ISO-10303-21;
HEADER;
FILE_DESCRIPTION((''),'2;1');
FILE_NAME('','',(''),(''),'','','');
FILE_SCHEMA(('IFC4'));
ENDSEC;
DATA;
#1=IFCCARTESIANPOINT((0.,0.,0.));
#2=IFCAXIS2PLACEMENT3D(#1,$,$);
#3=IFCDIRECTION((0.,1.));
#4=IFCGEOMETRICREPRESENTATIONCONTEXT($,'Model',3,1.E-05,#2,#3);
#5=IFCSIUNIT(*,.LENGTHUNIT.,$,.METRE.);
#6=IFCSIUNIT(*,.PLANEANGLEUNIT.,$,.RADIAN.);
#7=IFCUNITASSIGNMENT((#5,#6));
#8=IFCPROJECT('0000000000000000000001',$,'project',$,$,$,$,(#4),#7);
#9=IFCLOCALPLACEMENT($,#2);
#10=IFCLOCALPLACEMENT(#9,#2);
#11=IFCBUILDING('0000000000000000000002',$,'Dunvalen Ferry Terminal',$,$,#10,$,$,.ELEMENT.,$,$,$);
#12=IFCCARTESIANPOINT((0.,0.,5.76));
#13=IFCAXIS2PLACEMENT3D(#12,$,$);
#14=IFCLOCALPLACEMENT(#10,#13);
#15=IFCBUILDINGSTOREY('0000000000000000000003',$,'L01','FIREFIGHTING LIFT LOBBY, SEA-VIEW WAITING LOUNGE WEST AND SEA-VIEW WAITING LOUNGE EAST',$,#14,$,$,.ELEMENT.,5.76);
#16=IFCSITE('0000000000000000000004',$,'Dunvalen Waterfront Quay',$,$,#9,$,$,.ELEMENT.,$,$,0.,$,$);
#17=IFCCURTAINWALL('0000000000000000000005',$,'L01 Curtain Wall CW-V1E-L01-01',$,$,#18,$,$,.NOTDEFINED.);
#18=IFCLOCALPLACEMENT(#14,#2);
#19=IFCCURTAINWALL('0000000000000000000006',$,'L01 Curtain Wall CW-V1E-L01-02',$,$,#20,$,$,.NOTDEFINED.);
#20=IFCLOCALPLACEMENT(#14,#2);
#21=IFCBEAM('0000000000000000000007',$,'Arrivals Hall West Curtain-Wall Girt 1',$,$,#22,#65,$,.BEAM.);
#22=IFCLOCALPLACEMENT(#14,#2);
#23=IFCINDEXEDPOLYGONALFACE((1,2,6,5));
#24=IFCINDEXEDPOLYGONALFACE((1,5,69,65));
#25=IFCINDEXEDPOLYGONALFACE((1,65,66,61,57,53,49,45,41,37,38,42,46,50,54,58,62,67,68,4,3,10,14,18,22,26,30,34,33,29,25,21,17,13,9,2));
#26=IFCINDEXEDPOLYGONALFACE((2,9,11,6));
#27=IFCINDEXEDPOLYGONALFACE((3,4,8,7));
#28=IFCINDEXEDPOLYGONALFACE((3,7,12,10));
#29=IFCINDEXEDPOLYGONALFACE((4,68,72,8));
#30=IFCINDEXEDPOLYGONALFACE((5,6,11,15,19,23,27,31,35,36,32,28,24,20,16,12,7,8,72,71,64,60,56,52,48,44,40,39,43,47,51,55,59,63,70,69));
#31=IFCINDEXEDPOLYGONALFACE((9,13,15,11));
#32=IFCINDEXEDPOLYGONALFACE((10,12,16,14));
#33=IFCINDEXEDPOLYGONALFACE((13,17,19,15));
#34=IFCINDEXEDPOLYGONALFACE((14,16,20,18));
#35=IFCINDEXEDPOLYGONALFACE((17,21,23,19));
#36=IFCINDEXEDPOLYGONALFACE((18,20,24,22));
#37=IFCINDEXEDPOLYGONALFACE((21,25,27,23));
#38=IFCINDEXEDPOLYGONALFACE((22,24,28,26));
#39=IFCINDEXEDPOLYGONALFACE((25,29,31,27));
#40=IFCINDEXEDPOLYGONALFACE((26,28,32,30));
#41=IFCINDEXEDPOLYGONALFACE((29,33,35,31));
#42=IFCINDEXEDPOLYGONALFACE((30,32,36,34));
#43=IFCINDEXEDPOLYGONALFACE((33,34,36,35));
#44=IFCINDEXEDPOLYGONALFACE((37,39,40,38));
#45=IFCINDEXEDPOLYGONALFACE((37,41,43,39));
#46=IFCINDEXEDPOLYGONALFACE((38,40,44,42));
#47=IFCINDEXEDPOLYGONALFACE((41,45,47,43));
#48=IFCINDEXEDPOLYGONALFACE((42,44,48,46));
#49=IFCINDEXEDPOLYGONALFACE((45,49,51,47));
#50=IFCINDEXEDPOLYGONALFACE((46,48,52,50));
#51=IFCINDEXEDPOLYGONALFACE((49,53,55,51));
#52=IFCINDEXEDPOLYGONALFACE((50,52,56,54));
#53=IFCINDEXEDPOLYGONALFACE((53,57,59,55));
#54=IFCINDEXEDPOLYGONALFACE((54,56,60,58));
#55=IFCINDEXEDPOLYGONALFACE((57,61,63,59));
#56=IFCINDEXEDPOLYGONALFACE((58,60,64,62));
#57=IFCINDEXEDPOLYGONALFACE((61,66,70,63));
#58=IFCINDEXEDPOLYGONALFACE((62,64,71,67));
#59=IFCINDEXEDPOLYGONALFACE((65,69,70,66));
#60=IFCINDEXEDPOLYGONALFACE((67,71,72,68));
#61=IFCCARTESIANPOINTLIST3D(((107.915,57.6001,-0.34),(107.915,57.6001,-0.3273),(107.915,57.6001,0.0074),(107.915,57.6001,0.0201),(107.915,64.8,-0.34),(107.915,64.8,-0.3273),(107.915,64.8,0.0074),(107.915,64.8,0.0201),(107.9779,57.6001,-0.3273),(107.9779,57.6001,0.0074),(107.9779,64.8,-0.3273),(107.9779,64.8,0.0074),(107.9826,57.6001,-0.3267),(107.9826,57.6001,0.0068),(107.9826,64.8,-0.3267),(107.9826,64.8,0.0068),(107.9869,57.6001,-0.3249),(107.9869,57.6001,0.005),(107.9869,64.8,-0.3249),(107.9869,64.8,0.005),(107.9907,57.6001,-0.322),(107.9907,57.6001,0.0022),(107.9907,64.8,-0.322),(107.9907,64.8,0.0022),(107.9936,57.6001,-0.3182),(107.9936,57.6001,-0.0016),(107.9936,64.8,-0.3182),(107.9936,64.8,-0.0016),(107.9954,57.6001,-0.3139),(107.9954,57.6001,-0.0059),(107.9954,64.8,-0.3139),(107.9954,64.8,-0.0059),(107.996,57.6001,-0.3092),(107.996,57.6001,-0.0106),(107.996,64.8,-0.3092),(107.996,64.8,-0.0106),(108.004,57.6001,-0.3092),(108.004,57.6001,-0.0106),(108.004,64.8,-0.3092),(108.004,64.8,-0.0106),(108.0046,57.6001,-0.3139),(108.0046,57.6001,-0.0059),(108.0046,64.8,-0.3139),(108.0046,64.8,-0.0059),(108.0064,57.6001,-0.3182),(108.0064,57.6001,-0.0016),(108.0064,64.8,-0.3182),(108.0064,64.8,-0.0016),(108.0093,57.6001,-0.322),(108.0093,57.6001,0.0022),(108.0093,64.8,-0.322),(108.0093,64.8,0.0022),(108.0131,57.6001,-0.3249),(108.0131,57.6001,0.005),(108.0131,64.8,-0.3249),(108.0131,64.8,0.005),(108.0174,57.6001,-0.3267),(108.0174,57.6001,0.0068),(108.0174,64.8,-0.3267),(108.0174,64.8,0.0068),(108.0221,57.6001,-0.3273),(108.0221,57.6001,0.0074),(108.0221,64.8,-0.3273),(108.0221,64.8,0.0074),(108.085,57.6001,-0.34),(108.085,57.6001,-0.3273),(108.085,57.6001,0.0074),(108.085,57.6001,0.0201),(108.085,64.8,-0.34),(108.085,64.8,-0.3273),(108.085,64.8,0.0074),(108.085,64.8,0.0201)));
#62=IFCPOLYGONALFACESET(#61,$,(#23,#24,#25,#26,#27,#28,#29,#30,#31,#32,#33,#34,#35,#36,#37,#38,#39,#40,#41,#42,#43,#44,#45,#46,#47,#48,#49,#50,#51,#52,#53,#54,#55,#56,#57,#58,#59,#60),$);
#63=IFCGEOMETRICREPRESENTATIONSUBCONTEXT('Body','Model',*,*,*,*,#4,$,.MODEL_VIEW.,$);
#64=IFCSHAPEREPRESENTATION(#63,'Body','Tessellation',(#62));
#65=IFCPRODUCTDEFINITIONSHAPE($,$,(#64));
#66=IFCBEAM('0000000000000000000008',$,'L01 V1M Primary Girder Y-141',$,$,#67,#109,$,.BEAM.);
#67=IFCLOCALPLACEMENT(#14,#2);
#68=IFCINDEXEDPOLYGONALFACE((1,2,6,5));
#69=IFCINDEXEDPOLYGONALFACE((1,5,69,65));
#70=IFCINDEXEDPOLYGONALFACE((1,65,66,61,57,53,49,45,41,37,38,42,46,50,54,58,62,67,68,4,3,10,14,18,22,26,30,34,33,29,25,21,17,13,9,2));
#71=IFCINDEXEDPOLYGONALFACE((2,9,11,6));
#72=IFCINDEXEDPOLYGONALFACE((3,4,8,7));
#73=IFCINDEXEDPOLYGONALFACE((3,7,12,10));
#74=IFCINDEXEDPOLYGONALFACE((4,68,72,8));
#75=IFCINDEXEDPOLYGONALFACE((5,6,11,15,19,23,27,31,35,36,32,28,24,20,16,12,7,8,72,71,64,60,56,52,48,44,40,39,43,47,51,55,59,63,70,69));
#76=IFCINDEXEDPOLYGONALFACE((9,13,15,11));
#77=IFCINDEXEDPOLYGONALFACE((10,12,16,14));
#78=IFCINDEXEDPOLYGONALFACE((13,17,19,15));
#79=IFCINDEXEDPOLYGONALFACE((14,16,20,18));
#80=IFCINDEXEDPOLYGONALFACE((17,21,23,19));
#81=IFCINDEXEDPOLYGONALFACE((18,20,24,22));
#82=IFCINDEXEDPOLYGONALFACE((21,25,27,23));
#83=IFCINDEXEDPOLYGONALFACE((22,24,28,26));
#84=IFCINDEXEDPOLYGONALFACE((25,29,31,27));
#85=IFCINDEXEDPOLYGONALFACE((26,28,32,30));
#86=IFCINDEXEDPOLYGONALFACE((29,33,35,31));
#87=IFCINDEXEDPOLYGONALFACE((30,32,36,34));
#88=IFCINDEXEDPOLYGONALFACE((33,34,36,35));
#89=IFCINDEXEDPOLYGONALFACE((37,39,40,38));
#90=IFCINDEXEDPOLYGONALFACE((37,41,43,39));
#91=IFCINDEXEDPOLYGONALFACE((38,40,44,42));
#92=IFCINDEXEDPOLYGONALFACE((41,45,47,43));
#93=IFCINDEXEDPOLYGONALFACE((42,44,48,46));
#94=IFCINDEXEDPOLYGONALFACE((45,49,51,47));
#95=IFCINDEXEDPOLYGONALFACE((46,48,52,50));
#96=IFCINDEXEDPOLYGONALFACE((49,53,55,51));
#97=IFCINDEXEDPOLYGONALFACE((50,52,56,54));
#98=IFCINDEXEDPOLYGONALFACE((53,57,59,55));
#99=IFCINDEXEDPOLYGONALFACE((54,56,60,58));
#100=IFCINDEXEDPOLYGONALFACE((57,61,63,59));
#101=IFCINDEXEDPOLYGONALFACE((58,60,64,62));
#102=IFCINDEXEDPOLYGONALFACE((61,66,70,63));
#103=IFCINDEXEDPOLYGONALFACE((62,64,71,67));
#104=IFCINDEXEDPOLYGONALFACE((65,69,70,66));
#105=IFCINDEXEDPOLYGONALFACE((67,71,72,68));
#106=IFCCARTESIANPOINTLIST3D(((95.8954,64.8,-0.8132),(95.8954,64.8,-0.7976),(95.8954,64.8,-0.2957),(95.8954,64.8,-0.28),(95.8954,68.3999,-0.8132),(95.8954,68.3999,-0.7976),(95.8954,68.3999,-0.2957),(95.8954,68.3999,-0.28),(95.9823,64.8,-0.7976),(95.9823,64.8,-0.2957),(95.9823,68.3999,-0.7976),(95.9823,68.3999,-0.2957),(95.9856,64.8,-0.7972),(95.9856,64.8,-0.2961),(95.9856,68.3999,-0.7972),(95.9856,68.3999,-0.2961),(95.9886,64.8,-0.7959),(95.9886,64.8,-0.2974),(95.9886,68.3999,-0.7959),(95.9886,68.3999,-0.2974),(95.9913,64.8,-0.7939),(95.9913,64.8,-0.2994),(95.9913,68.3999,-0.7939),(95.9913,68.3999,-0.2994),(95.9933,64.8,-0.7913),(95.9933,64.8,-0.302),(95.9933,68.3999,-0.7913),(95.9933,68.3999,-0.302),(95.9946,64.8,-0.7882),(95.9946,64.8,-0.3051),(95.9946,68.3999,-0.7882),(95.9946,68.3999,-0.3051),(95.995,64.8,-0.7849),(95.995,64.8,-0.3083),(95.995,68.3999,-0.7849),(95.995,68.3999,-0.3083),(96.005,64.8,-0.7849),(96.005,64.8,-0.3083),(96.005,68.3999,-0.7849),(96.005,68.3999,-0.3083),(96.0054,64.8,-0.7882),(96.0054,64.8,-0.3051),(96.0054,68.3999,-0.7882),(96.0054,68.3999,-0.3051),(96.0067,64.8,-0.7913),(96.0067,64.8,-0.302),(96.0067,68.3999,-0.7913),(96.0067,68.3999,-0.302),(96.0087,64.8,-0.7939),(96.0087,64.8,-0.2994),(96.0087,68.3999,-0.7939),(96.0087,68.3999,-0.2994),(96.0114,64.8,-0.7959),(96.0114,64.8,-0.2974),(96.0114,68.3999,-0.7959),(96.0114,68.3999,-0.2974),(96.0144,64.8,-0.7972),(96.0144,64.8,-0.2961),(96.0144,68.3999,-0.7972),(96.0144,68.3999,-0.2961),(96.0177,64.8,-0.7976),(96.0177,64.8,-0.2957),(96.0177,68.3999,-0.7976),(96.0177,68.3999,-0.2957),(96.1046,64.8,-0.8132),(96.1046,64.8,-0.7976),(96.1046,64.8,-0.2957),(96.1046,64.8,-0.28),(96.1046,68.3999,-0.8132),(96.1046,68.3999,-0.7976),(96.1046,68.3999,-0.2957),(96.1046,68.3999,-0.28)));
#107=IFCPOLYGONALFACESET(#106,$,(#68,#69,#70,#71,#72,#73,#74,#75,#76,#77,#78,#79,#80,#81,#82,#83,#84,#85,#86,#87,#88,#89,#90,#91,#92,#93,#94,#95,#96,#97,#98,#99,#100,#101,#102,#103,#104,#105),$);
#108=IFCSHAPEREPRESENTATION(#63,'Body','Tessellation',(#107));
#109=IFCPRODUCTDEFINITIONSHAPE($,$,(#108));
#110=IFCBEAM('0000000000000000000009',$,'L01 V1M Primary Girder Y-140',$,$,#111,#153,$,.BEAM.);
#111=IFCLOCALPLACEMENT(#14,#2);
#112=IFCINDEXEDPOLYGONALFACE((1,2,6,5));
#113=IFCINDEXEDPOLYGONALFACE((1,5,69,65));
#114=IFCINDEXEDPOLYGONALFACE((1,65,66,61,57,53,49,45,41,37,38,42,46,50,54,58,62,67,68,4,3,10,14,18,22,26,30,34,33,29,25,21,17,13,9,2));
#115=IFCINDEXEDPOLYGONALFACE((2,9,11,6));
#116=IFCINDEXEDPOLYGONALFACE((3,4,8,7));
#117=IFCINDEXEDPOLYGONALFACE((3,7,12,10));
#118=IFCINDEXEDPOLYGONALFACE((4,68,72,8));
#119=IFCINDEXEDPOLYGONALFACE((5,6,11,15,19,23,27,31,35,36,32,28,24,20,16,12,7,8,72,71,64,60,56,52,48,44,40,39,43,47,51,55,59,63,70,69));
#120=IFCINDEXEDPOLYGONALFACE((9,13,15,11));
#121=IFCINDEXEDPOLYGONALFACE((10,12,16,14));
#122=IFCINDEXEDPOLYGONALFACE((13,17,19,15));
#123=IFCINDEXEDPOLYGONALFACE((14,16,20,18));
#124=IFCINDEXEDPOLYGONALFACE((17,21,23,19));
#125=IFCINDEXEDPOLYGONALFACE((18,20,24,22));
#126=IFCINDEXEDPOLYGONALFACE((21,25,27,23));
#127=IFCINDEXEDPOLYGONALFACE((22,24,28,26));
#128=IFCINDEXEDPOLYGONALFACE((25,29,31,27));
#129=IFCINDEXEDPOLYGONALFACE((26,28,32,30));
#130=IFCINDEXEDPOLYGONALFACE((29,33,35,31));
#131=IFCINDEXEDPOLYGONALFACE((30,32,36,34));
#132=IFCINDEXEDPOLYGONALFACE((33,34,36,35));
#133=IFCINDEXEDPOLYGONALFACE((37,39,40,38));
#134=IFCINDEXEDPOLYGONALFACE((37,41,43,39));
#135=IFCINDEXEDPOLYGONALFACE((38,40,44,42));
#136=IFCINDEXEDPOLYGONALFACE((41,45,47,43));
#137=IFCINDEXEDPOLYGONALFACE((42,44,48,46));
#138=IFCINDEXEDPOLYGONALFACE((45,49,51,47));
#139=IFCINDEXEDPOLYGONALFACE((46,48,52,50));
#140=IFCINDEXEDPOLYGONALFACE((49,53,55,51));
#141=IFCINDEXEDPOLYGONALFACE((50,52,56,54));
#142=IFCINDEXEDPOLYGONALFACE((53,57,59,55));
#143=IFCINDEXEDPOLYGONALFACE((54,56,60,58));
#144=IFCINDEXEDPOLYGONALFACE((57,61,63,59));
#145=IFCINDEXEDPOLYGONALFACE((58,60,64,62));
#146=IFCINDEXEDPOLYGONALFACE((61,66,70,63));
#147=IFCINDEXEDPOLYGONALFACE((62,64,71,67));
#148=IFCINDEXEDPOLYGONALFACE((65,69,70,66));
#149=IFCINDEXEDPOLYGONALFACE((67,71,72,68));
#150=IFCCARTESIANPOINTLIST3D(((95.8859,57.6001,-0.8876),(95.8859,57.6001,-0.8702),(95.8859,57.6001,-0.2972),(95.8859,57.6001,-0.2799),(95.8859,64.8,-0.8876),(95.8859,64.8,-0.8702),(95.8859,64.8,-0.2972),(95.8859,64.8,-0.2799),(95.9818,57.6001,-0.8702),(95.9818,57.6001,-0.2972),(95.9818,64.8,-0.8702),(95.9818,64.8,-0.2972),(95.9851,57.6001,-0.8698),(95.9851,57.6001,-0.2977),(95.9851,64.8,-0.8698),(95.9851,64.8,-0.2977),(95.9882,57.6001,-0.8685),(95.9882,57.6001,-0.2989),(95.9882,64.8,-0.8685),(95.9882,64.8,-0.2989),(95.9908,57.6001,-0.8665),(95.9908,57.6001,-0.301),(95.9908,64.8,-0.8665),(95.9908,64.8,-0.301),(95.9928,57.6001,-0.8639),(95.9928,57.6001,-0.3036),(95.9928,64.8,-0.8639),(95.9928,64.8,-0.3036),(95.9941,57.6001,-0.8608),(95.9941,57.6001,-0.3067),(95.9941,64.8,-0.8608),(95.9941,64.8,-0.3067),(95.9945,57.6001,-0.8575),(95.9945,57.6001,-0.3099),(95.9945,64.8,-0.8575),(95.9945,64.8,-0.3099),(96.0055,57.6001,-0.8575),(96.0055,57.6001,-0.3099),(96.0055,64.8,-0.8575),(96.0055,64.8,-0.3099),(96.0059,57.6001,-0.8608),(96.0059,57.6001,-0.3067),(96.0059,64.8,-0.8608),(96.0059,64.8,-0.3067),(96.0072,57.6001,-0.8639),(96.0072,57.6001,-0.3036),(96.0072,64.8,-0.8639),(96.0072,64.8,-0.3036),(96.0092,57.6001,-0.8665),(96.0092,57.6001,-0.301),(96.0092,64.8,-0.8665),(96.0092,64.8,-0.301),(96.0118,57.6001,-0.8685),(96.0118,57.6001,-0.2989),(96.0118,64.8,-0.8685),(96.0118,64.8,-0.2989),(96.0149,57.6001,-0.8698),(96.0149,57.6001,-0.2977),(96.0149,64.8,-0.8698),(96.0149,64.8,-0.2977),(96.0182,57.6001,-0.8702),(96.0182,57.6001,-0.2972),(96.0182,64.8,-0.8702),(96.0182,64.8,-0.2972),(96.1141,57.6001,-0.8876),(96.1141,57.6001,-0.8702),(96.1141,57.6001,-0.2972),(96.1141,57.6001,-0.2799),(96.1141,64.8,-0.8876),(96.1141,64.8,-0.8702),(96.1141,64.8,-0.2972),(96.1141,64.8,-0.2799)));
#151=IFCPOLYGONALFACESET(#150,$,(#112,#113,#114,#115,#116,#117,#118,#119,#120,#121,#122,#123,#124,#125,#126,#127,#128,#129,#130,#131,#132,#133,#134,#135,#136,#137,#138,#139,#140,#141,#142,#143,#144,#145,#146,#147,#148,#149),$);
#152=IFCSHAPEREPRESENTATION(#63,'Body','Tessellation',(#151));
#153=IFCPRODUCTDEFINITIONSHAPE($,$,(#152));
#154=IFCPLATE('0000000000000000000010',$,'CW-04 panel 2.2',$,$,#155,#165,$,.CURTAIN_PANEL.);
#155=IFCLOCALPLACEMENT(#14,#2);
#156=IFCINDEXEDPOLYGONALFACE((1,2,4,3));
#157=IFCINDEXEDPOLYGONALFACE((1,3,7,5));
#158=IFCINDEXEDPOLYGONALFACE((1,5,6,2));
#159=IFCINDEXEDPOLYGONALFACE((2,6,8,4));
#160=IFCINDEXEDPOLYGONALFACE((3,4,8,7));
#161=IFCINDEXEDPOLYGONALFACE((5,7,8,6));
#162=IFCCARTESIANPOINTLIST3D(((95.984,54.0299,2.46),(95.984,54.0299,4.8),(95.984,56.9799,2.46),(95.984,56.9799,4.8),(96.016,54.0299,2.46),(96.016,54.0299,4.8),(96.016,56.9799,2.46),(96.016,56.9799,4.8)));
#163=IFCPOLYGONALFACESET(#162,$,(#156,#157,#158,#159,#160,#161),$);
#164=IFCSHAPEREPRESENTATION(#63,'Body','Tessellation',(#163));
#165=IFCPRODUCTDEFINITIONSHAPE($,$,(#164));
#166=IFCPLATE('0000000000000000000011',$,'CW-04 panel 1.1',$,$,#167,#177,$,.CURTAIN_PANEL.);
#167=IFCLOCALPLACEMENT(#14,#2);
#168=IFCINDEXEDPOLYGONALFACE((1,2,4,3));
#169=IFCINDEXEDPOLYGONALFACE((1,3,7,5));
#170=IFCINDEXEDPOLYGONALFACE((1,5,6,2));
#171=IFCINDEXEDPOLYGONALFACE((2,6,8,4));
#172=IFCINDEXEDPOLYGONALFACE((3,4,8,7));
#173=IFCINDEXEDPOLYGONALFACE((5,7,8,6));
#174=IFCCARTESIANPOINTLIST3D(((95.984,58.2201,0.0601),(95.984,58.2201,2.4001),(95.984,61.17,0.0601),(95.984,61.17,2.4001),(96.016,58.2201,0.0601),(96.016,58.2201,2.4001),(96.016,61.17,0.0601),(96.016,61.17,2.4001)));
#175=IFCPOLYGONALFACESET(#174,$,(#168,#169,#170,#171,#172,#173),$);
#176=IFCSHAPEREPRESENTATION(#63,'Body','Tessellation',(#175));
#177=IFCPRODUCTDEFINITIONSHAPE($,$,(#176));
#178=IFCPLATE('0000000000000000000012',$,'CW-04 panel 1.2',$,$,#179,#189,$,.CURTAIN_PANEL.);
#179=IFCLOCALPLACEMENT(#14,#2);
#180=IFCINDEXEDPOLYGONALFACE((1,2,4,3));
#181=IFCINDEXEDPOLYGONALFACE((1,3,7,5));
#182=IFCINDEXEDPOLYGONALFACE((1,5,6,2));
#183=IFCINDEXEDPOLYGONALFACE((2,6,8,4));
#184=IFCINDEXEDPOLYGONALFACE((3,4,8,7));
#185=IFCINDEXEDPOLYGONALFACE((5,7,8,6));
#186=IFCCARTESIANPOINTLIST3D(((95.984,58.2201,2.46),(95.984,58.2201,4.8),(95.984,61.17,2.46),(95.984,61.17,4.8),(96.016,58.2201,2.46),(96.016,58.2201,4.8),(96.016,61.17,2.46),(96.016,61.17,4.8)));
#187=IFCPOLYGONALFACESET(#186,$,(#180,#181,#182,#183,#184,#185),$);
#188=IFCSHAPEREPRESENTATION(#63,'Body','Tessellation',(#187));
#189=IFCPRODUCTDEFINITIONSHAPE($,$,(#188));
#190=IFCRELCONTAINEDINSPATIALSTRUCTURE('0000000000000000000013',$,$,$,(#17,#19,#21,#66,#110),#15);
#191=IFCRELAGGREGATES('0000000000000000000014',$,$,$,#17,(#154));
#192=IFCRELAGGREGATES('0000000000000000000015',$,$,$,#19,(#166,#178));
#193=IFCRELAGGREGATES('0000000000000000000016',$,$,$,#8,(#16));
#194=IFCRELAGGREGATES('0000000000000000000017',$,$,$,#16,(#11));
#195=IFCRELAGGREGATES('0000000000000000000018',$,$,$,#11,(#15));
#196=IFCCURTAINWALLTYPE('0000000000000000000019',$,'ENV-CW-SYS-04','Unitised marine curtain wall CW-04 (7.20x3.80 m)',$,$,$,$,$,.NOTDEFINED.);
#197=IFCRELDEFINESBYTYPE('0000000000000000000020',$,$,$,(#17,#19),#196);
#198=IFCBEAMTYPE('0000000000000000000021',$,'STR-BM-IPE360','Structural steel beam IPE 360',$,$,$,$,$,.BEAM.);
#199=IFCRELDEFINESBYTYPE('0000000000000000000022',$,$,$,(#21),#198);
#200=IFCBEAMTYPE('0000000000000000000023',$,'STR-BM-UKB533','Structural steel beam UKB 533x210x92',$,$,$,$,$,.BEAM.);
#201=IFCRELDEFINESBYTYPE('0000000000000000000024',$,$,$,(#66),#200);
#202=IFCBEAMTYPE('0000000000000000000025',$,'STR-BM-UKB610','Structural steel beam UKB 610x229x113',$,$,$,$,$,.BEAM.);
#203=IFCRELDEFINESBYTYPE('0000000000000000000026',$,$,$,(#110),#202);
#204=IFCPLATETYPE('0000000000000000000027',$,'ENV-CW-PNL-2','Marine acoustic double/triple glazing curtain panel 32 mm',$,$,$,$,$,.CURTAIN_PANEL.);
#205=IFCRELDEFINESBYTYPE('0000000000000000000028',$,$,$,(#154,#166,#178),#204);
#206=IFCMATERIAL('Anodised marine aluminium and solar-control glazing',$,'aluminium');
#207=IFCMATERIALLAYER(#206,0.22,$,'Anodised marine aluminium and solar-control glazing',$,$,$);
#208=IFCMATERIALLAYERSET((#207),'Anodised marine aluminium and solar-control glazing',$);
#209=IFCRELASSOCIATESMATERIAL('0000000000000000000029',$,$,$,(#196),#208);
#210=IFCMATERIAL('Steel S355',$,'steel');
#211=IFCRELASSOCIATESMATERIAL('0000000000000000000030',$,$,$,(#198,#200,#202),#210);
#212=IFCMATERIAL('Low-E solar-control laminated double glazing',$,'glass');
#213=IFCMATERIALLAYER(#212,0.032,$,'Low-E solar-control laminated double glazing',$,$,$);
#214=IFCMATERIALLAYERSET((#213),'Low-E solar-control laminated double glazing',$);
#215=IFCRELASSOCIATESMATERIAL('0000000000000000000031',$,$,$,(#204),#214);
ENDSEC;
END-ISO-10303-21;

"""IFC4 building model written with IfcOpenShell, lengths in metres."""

from ifc_helpers import new_model, si_unit, direction, frame, origin, origin_2d, place, context, subcontext, project, spatial, rectangle, i_section, extrude, material, layer, layer_set, material_profile, profile_set, type_object, element, aggregate, save


model = new_model("IFC4")

# Units and contexts
model_context = context("Model", 3, precision=1e-05, world=origin(), true_north=direction((0.0, 1.0)))
body_context = subcontext(model_context, "Body", "Model", "MODEL_VIEW")
ifc_project = project(units=[si_unit("LENGTHUNIT", "METRE"), si_unit("PLANEANGLEUNIT", "RADIAN")], contexts=[model_context])

# Site, building, storey
site_placement = place(None, origin())
site = spatial("IfcSite", under=ifc_project, at=site_placement, Name="Dunvalen Waterfront Quay", CompositionType="ELEMENT", RefElevation=0.0)
building_placement = place(site_placement, origin())
building = spatial("IfcBuilding", under=site, at=building_placement, Name="Dunvalen Ferry Terminal", CompositionType="ELEMENT")
storey_placement = place(building_placement, frame((0.0, 0.0, 5.76)))
storey = spatial("IfcBuildingStorey", under=building, at=storey_placement, Name="L01", Description="FIREFIGHTING LIFT LOBBY, SEA-VIEW WAITING LOUNGE WEST AND SEA-VIEW WAITING LOUNGE EAST", CompositionType="ELEMENT", Elevation=5.76)

# Curtain wall
ifc_material_1 = material(Name="Anodised marine aluminium and solar-control glazing", Category="aluminium")
ifc_layer_1 = layer(ifc_material_1, 0.22, Name="Anodised marine aluminium and solar-control glazing")
ifc_layer_set_1 = layer_set([ifc_layer_1], Name="Anodised marine aluminium and solar-control glazing")
curtain_wall_type = type_object("IfcCurtainWallType", Name="ENV-CW-SYS-04", Description="Unitised marine curtain wall CW-04 (7.20x3.80 m)", PredefinedType="NOTDEFINED", material=ifc_layer_set_1)
curtain_wall_1_placement = place(storey_placement, origin())
curtain_wall_1 = element("IfcCurtainWall", 1, at=curtain_wall_1_placement, inside=storey, type_object=curtain_wall_type, Name="L01 Curtain Wall CW-V1E-L01-01", PredefinedType="NOTDEFINED")

# Curtain wall
curtain_wall_2_placement = place(storey_placement, origin())
curtain_wall_2 = element("IfcCurtainWall", 2, at=curtain_wall_2_placement, inside=storey, type_object=curtain_wall_type, Name="L01 Curtain Wall CW-V1E-L01-02", PredefinedType="NOTDEFINED")

# Beams
ifc_material_2 = material(Name="Steel S355", Category="steel")
ifc_material_profile_1 = material_profile(ifc_material_2, i_section(OverallWidth=0.1699, OverallDepth=0.3601, WebThickness=0.0081, FlangeThickness=0.0127, FilletRadius=0.0181, at=origin_2d()), Name="Steel S355")
ifc_profile_set_1 = profile_set([ifc_material_profile_1], Name="Steel S355")
beam_type_1 = type_object("IfcBeamType", Name="STR-BM-IPE360", Description="Structural steel beam IPE 360", PredefinedType="BEAM", material=ifc_profile_set_1)
beam_1_placement = place(storey_placement, frame((108.0, 57.6001, -0.1599), z_axis=(0.0, 1.0, 0.0), x_axis=(-1.0, 0.0, 0.0)))
element("IfcBeam", 3, at=beam_1_placement, inside=storey, type_object=beam_type_1, Name="Arrivals Hall West Curtain-Wall Girt 1", PredefinedType="BEAM", context=body_context, shape_type="SweptSolid", body=[
    extrude(i_section(OverallWidth=0.1699, OverallDepth=0.3601, WebThickness=0.0081, FlangeThickness=0.0127, FilletRadius=0.0181, at=origin_2d()), origin(), (0.0, 0.0, 1.0), 7.2),
])
ifc_material_profile_2 = material_profile(ifc_material_2, i_section(OverallWidth=0.2092, OverallDepth=0.5332, WebThickness=0.01, FlangeThickness=0.0156, FilletRadius=0.0127, at=origin_2d()), Name="Steel S355")
ifc_profile_set_2 = profile_set([ifc_material_profile_2], Name="Steel S355")
beam_type_2 = type_object("IfcBeamType", Name="STR-BM-UKB533", Description="Structural steel beam UKB 533x210x92", PredefinedType="BEAM", material=ifc_profile_set_2)
beam_2_placement = place(storey_placement, frame((96.0, 64.8, -0.5466), z_axis=(0.0, 1.0, 0.0), x_axis=(-1.0, 0.0, 0.0)))
element("IfcBeam", 4, at=beam_2_placement, inside=storey, type_object=beam_type_2, Name="L01 V1M Primary Girder Y-141", PredefinedType="BEAM", context=body_context, shape_type="SweptSolid", body=[
    extrude(i_section(OverallWidth=0.2092, OverallDepth=0.5332, WebThickness=0.01, FlangeThickness=0.0156, FilletRadius=0.0127, at=origin_2d()), origin(), (0.0, 0.0, 1.0), 3.5999),
])
ifc_material_profile_3 = material_profile(ifc_material_2, i_section(OverallWidth=0.2283, OverallDepth=0.6077, WebThickness=0.011, FlangeThickness=0.0173, FilletRadius=0.0127, at=origin_2d()), Name="Steel S355")
ifc_profile_set_3 = profile_set([ifc_material_profile_3], Name="Steel S355")
beam_type_3 = type_object("IfcBeamType", Name="STR-BM-UKB610", Description="Structural steel beam UKB 610x229x113", PredefinedType="BEAM", material=ifc_profile_set_3)
beam_3_placement = place(storey_placement, frame((96.0, 57.6001, -0.5837), z_axis=(0.0, 1.0, 0.0), x_axis=(-1.0, 0.0, 0.0)))
element("IfcBeam", 5, at=beam_3_placement, inside=storey, type_object=beam_type_3, Name="L01 V1M Primary Girder Y-140", PredefinedType="BEAM", context=body_context, shape_type="SweptSolid", body=[
    extrude(i_section(OverallWidth=0.2283, OverallDepth=0.6077, WebThickness=0.011, FlangeThickness=0.0173, FilletRadius=0.0127, at=origin_2d()), origin(), (0.0, 0.0, 1.0), 7.2),
])

# Plates
ifc_material_3 = material(Name="Low-E solar-control laminated double glazing", Category="glass")
ifc_layer_2 = layer(ifc_material_3, 0.032, Name="Low-E solar-control laminated double glazing")
ifc_layer_set_2 = layer_set([ifc_layer_2], Name="Low-E solar-control laminated double glazing")
plate_type = type_object("IfcPlateType", Name="ENV-CW-PNL-2", Description="Marine acoustic double/triple glazing curtain panel 32 mm", PredefinedType="CURTAIN_PANEL", material=ifc_layer_set_2)
plate_1_placement = place(storey_placement, frame((96.0, 55.5049, 2.46), z_axis=(0.0, 0.0, 1.0), x_axis=(0.0, 1.0, 0.0)))
plate_1 = element("IfcPlate", 6, at=plate_1_placement, type_object=plate_type, Name="CW-04 panel 2.2", PredefinedType="CURTAIN_PANEL", context=body_context, shape_type="SweptSolid", body=[
    extrude(rectangle(XDim=2.95, YDim=0.032, at=origin_2d()), origin(), (0.0, 0.0, 1.0), 2.3401),
])
aggregate(curtain_wall_1, [plate_1])
plate_2_placement = place(storey_placement, frame((96.0, 59.6951, 0.0601), z_axis=(0.0, 0.0, 1.0), x_axis=(0.0, 1.0, 0.0)))
plate_2 = element("IfcPlate", 7, at=plate_2_placement, type_object=plate_type, Name="CW-04 panel 1.1", PredefinedType="CURTAIN_PANEL", context=body_context, shape_type="SweptSolid", body=[
    extrude(rectangle(XDim=2.95, YDim=0.032, at=origin_2d()), origin(), (0.0, 0.0, 1.0), 2.3401),
])
plate_3_placement = place(storey_placement, frame((96.0, 59.6951, 2.46), z_axis=(0.0, 0.0, 1.0), x_axis=(0.0, 1.0, 0.0)))
plate_3 = element("IfcPlate", 8, at=plate_3_placement, type_object=plate_type, Name="CW-04 panel 1.2", PredefinedType="CURTAIN_PANEL", context=body_context, shape_type="SweptSolid", body=[
    extrude(rectangle(XDim=2.95, YDim=0.032, at=origin_2d()), origin(), (0.0, 0.0, 1.0), 2.3401),
])
aggregate(curtain_wall_2, [plate_2, plate_3])

save(model, "model.ifc")
